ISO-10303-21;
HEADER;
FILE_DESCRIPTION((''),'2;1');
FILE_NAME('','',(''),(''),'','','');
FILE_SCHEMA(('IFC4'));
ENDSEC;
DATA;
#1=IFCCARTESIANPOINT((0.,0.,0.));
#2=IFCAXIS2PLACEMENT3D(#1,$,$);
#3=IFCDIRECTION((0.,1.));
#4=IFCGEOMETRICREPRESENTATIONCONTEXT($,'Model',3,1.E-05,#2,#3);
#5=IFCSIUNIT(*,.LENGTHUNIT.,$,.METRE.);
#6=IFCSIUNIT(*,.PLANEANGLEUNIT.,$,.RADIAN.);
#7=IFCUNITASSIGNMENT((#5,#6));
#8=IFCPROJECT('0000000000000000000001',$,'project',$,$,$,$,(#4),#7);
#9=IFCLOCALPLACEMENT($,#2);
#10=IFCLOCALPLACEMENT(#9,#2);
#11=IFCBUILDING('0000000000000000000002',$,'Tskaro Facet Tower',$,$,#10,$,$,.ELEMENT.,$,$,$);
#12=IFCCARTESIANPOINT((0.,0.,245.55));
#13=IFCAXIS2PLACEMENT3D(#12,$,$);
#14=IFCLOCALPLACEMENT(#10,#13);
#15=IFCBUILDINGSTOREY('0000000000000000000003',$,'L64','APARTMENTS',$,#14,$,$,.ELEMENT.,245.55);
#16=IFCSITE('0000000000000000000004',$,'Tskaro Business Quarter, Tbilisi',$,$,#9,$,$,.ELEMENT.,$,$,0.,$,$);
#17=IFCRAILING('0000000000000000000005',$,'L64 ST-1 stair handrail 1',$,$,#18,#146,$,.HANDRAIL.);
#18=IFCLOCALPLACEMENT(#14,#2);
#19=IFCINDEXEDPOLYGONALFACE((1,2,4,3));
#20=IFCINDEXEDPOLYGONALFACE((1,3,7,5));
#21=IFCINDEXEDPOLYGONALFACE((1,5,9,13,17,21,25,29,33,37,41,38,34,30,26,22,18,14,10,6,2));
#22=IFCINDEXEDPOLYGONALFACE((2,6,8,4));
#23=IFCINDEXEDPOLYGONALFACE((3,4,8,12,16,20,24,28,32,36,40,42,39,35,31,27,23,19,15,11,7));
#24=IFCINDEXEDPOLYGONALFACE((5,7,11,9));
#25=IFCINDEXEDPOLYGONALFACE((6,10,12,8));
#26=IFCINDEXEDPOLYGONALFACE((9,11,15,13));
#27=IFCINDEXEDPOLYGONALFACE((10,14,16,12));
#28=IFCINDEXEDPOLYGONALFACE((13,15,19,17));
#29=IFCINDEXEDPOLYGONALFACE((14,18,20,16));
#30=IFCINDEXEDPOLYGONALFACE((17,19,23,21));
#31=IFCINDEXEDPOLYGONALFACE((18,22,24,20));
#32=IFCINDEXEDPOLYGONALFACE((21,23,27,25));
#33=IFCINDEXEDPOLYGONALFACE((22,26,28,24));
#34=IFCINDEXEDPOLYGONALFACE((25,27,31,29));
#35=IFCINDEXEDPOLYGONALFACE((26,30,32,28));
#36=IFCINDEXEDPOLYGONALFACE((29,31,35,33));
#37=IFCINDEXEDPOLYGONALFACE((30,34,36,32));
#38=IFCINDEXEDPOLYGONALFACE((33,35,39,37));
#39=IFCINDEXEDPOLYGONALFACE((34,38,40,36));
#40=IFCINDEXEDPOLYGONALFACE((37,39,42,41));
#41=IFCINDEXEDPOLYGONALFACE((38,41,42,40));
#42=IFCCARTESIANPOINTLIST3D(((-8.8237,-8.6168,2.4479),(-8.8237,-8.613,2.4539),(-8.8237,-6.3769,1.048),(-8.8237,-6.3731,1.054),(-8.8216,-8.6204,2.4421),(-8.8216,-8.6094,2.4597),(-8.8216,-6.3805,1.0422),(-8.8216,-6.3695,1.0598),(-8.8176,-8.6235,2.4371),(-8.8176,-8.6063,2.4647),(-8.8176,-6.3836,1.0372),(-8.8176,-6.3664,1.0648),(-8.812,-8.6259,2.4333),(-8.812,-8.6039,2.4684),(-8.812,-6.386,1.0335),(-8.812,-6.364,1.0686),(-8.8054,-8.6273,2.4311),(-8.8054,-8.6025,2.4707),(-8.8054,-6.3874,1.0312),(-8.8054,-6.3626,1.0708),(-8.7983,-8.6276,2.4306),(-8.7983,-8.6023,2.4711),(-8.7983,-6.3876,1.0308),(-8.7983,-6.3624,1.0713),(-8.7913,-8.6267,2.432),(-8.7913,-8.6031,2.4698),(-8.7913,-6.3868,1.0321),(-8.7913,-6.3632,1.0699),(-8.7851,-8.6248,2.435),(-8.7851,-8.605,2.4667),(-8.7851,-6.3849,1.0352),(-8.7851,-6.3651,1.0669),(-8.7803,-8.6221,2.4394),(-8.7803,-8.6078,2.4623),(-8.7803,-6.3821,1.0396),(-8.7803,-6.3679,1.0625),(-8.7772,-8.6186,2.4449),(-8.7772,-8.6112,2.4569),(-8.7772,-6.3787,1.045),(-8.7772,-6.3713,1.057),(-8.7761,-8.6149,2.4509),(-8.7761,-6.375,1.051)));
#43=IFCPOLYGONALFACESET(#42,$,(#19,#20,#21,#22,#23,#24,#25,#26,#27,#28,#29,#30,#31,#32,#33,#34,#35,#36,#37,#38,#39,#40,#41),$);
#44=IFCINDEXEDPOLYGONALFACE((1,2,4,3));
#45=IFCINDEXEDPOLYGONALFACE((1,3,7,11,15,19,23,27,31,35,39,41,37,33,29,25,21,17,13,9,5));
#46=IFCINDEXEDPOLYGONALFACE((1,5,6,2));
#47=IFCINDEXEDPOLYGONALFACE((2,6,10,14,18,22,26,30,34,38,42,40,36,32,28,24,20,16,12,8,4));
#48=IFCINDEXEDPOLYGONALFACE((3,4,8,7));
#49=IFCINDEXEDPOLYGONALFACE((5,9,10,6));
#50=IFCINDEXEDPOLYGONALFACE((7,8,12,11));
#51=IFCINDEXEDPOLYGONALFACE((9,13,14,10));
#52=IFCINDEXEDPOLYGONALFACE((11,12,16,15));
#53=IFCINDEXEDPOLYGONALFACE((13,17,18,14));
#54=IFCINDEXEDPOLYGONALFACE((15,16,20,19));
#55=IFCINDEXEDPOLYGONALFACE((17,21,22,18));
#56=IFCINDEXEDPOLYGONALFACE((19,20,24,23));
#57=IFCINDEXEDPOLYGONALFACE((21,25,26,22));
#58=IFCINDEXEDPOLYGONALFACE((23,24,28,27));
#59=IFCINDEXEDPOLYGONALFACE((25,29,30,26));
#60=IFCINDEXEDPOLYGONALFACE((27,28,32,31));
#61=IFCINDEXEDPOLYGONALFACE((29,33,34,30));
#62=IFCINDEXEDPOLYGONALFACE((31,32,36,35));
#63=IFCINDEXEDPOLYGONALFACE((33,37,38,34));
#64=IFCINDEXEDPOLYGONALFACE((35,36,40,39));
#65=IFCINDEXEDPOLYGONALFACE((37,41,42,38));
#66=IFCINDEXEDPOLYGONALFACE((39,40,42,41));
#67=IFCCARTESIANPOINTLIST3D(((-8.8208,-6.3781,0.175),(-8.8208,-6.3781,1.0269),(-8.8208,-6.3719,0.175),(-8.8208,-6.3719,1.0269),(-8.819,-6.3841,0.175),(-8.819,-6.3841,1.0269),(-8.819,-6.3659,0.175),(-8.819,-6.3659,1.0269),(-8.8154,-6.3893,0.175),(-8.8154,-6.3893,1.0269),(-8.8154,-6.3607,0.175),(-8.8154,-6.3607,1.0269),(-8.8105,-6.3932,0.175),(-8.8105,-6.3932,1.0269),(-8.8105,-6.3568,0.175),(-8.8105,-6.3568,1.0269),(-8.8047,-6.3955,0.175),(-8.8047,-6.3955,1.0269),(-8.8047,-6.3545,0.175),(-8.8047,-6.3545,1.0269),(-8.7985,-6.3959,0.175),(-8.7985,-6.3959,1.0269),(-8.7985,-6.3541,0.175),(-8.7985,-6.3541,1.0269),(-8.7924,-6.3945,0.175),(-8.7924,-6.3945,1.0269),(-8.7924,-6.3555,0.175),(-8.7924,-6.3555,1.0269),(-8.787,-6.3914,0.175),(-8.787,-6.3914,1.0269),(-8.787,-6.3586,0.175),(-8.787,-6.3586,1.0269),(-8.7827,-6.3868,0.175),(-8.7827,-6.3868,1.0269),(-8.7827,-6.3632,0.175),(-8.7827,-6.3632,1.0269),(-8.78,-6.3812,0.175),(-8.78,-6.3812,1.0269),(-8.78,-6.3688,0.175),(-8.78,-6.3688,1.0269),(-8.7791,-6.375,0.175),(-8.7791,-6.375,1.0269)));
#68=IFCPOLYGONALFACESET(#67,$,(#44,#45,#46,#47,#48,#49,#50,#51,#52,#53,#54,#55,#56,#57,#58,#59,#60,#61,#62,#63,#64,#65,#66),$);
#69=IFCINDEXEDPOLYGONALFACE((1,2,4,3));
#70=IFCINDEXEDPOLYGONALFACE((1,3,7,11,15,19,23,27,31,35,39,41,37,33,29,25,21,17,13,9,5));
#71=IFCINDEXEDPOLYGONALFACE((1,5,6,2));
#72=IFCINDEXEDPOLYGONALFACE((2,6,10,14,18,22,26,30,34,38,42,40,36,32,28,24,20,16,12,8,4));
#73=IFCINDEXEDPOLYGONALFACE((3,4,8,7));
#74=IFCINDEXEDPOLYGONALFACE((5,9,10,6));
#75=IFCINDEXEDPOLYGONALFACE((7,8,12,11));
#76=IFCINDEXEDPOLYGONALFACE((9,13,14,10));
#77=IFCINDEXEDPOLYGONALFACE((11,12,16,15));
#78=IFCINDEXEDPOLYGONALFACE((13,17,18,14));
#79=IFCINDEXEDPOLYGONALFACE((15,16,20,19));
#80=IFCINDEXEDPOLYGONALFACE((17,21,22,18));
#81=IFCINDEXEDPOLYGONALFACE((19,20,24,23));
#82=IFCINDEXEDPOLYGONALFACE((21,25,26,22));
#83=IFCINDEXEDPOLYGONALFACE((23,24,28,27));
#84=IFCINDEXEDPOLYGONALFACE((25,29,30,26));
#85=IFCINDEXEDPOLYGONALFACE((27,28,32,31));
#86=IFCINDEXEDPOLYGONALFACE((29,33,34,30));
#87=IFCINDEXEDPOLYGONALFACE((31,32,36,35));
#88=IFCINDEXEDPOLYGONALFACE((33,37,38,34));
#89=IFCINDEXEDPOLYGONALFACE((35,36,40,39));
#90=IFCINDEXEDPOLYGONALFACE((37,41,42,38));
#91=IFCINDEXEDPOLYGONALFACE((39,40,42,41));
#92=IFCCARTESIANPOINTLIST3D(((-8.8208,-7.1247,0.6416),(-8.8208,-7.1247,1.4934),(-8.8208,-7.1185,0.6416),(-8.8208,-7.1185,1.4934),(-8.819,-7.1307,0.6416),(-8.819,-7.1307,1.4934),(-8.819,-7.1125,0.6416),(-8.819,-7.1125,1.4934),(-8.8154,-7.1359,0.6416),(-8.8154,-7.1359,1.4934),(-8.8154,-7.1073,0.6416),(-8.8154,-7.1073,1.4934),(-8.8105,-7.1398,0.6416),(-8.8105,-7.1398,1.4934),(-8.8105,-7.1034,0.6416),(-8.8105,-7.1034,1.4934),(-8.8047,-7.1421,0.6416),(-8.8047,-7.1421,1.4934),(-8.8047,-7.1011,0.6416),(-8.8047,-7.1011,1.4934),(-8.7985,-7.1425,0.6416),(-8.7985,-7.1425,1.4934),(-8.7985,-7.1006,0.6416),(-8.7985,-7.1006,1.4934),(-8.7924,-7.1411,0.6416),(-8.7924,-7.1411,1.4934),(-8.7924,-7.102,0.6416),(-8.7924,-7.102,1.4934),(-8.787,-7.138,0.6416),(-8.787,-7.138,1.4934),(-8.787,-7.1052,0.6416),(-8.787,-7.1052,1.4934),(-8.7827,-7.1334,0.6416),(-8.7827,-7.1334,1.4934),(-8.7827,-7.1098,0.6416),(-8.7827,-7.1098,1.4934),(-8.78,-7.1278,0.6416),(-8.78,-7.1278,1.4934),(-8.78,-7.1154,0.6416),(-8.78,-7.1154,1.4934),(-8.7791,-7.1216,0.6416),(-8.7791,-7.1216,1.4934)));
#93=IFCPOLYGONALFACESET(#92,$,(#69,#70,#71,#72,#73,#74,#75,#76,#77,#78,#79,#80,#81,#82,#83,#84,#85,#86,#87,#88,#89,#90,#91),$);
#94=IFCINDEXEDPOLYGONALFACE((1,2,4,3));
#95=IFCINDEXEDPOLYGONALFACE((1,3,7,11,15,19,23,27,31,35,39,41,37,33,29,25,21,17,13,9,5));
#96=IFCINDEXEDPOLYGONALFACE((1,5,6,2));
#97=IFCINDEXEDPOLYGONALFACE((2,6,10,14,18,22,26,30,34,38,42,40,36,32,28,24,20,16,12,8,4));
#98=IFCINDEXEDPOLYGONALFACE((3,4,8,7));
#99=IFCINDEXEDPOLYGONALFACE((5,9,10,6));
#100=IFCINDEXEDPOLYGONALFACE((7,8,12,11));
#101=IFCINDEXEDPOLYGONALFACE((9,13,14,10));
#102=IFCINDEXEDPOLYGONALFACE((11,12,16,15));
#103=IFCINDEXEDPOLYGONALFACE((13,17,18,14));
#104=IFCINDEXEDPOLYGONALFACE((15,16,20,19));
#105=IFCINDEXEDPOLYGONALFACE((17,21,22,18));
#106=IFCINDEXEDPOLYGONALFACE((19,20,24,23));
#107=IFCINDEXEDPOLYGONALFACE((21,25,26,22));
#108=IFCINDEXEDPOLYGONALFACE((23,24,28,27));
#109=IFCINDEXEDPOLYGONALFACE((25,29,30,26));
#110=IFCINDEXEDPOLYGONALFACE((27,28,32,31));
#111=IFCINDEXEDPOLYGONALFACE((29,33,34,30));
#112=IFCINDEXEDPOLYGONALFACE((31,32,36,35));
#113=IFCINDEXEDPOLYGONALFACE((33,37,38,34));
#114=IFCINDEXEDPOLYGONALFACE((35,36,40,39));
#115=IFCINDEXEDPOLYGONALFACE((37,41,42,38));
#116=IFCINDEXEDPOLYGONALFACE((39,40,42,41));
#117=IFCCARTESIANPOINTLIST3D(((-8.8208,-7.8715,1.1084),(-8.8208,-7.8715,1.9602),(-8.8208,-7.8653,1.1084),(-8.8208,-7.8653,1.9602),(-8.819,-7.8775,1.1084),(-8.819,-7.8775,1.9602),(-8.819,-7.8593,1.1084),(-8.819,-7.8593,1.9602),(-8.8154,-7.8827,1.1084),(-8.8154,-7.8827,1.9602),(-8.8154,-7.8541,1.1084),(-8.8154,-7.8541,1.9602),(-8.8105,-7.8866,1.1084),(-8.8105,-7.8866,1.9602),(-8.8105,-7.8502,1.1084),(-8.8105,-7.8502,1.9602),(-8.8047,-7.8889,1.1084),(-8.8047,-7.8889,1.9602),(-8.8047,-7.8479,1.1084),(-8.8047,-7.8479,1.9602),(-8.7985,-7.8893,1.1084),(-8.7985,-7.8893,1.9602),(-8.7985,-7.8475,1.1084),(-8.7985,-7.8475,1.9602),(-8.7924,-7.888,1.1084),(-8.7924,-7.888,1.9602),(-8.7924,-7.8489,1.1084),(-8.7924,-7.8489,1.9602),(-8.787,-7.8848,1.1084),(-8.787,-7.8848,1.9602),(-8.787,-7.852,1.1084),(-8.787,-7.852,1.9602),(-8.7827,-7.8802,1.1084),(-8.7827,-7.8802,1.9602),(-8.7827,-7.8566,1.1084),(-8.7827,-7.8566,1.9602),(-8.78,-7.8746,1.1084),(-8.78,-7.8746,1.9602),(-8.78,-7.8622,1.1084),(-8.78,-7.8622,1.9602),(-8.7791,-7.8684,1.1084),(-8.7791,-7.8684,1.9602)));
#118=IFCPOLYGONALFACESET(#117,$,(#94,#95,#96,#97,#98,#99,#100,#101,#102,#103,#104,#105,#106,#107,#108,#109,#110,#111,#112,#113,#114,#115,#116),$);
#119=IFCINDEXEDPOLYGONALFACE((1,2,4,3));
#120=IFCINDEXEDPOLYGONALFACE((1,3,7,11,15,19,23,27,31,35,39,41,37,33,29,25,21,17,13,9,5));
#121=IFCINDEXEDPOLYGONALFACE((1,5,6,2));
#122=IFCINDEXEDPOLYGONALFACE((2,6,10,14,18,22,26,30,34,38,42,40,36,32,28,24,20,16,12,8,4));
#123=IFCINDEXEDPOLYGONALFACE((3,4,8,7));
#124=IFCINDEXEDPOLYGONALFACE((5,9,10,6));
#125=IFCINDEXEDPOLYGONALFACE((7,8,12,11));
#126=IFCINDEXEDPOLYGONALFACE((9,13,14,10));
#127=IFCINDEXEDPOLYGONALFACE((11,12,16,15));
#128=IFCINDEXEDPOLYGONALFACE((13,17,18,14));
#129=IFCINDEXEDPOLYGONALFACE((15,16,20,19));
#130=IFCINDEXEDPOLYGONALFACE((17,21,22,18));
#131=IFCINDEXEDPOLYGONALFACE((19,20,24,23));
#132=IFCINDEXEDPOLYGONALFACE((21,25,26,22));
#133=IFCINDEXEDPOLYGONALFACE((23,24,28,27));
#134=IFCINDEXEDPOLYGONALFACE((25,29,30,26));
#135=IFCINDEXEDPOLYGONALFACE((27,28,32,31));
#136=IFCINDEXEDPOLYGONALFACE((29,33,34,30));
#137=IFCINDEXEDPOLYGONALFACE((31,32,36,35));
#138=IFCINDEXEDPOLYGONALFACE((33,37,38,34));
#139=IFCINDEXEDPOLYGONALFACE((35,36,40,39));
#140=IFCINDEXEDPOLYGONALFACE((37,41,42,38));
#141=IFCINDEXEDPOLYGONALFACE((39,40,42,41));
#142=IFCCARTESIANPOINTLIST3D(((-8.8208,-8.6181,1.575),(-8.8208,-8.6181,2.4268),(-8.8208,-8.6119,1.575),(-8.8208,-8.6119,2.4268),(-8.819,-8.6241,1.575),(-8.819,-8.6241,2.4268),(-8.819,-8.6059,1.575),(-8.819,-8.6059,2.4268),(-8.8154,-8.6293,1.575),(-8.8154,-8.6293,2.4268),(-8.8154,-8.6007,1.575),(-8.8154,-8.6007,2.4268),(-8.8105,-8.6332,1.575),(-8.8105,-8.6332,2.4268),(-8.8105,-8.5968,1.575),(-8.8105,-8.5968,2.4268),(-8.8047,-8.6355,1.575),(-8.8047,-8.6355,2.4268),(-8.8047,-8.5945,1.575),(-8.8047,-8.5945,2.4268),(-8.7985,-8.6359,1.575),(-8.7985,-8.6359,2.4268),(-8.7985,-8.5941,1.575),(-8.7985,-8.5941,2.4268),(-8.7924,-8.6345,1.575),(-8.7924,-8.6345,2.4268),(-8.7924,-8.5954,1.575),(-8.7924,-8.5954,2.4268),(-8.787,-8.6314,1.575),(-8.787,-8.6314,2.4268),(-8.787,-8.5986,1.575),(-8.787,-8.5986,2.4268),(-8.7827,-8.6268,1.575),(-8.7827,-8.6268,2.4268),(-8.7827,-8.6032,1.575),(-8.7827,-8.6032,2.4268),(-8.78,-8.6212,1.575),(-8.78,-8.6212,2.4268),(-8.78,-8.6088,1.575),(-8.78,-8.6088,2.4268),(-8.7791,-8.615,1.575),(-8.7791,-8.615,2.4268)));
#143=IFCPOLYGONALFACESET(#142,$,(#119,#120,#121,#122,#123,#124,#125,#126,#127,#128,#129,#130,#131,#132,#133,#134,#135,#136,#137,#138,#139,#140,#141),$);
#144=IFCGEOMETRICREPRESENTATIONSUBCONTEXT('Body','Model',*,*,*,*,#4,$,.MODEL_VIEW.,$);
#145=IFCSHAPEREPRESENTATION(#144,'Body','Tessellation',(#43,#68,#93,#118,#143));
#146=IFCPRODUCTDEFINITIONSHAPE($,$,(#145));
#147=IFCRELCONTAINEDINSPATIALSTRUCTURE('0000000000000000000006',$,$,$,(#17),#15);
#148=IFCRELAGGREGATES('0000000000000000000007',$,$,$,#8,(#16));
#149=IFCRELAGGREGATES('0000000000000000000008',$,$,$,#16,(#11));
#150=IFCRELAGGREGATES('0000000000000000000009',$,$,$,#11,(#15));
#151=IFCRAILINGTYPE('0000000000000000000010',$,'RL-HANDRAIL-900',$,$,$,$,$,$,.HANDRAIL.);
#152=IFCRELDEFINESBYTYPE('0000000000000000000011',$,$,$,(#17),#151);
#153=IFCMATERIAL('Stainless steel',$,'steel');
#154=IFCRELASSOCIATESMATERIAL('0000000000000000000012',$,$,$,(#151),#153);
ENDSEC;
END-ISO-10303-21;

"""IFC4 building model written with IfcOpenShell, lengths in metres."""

from ifc_helpers import new_model, si_unit, direction, frame, origin, origin_2d, place, context, subcontext, project, spatial, circle, extrude, material, type_object, element, save


model = new_model("IFC4")

# Units and contexts
model_context = context("Model", 3, precision=1e-05, world=origin(), true_north=direction((0.0, 1.0)))
body_context = subcontext(model_context, "Body", "Model", "MODEL_VIEW")
ifc_project = project(units=[si_unit("LENGTHUNIT", "METRE"), si_unit("PLANEANGLEUNIT", "RADIAN")], contexts=[model_context])

# Site, building, storey
site_placement = place(None, origin())
site = spatial("IfcSite", under=ifc_project, at=site_placement, Name="Tskaro Business Quarter, Tbilisi", CompositionType="ELEMENT", RefElevation=0.0)
building_placement = place(site_placement, origin())
building = spatial("IfcBuilding", under=site, at=building_placement, Name="Tskaro Facet Tower", CompositionType="ELEMENT")
storey_placement = place(building_placement, frame((0.0, 0.0, 245.55)))
storey = spatial("IfcBuildingStorey", under=building, at=storey_placement, Name="L64", Description="APARTMENTS", CompositionType="ELEMENT", Elevation=245.55)

# Shared definitions
ifc_material_1 = material(Name="Stainless steel", Category="steel")

# Railing
railing_type_1 = type_object("IfcRailingType", Name="RL-HANDRAIL-900", PredefinedType="HANDRAIL", material=ifc_material_1)
railing_1_placement = place(storey_placement, frame((-8.8, -6.375, 0.175)))
element("IfcRailing", 1, at=railing_1_placement, inside=storey, type_object=railing_type_1, Name="L64 ST-1 stair handrail 1", PredefinedType="HANDRAIL", context=body_context, shape_type="SweptSolid", body=[
    extrude(circle(Radius=0.0239, at=origin_2d()), frame((0.0, 0.0, 0.876), z_axis=(0.0, -0.848014, 0.529974), x_axis=(1.0, 0.0, 0.0)), (0.0, 0.0, 1.0), 2.6414),
    extrude(circle(Radius=0.021, at=origin_2d()), origin(), (0.0, 0.0, 1.0), 0.8518),
    extrude(circle(Radius=0.021, at=origin_2d()), frame((0.0, -0.7466, 0.4666)), (0.0, 0.0, 1.0), 0.8518),
    extrude(circle(Radius=0.021, at=origin_2d()), frame((0.0, -1.4934, 0.9333)), (0.0, 0.0, 1.0), 0.8518),
    extrude(circle(Radius=0.021, at=origin_2d()), frame((0.0, -2.24, 1.3999)), (0.0, 0.0, 1.0), 0.8518),
])

save(model, "model.ifc")
